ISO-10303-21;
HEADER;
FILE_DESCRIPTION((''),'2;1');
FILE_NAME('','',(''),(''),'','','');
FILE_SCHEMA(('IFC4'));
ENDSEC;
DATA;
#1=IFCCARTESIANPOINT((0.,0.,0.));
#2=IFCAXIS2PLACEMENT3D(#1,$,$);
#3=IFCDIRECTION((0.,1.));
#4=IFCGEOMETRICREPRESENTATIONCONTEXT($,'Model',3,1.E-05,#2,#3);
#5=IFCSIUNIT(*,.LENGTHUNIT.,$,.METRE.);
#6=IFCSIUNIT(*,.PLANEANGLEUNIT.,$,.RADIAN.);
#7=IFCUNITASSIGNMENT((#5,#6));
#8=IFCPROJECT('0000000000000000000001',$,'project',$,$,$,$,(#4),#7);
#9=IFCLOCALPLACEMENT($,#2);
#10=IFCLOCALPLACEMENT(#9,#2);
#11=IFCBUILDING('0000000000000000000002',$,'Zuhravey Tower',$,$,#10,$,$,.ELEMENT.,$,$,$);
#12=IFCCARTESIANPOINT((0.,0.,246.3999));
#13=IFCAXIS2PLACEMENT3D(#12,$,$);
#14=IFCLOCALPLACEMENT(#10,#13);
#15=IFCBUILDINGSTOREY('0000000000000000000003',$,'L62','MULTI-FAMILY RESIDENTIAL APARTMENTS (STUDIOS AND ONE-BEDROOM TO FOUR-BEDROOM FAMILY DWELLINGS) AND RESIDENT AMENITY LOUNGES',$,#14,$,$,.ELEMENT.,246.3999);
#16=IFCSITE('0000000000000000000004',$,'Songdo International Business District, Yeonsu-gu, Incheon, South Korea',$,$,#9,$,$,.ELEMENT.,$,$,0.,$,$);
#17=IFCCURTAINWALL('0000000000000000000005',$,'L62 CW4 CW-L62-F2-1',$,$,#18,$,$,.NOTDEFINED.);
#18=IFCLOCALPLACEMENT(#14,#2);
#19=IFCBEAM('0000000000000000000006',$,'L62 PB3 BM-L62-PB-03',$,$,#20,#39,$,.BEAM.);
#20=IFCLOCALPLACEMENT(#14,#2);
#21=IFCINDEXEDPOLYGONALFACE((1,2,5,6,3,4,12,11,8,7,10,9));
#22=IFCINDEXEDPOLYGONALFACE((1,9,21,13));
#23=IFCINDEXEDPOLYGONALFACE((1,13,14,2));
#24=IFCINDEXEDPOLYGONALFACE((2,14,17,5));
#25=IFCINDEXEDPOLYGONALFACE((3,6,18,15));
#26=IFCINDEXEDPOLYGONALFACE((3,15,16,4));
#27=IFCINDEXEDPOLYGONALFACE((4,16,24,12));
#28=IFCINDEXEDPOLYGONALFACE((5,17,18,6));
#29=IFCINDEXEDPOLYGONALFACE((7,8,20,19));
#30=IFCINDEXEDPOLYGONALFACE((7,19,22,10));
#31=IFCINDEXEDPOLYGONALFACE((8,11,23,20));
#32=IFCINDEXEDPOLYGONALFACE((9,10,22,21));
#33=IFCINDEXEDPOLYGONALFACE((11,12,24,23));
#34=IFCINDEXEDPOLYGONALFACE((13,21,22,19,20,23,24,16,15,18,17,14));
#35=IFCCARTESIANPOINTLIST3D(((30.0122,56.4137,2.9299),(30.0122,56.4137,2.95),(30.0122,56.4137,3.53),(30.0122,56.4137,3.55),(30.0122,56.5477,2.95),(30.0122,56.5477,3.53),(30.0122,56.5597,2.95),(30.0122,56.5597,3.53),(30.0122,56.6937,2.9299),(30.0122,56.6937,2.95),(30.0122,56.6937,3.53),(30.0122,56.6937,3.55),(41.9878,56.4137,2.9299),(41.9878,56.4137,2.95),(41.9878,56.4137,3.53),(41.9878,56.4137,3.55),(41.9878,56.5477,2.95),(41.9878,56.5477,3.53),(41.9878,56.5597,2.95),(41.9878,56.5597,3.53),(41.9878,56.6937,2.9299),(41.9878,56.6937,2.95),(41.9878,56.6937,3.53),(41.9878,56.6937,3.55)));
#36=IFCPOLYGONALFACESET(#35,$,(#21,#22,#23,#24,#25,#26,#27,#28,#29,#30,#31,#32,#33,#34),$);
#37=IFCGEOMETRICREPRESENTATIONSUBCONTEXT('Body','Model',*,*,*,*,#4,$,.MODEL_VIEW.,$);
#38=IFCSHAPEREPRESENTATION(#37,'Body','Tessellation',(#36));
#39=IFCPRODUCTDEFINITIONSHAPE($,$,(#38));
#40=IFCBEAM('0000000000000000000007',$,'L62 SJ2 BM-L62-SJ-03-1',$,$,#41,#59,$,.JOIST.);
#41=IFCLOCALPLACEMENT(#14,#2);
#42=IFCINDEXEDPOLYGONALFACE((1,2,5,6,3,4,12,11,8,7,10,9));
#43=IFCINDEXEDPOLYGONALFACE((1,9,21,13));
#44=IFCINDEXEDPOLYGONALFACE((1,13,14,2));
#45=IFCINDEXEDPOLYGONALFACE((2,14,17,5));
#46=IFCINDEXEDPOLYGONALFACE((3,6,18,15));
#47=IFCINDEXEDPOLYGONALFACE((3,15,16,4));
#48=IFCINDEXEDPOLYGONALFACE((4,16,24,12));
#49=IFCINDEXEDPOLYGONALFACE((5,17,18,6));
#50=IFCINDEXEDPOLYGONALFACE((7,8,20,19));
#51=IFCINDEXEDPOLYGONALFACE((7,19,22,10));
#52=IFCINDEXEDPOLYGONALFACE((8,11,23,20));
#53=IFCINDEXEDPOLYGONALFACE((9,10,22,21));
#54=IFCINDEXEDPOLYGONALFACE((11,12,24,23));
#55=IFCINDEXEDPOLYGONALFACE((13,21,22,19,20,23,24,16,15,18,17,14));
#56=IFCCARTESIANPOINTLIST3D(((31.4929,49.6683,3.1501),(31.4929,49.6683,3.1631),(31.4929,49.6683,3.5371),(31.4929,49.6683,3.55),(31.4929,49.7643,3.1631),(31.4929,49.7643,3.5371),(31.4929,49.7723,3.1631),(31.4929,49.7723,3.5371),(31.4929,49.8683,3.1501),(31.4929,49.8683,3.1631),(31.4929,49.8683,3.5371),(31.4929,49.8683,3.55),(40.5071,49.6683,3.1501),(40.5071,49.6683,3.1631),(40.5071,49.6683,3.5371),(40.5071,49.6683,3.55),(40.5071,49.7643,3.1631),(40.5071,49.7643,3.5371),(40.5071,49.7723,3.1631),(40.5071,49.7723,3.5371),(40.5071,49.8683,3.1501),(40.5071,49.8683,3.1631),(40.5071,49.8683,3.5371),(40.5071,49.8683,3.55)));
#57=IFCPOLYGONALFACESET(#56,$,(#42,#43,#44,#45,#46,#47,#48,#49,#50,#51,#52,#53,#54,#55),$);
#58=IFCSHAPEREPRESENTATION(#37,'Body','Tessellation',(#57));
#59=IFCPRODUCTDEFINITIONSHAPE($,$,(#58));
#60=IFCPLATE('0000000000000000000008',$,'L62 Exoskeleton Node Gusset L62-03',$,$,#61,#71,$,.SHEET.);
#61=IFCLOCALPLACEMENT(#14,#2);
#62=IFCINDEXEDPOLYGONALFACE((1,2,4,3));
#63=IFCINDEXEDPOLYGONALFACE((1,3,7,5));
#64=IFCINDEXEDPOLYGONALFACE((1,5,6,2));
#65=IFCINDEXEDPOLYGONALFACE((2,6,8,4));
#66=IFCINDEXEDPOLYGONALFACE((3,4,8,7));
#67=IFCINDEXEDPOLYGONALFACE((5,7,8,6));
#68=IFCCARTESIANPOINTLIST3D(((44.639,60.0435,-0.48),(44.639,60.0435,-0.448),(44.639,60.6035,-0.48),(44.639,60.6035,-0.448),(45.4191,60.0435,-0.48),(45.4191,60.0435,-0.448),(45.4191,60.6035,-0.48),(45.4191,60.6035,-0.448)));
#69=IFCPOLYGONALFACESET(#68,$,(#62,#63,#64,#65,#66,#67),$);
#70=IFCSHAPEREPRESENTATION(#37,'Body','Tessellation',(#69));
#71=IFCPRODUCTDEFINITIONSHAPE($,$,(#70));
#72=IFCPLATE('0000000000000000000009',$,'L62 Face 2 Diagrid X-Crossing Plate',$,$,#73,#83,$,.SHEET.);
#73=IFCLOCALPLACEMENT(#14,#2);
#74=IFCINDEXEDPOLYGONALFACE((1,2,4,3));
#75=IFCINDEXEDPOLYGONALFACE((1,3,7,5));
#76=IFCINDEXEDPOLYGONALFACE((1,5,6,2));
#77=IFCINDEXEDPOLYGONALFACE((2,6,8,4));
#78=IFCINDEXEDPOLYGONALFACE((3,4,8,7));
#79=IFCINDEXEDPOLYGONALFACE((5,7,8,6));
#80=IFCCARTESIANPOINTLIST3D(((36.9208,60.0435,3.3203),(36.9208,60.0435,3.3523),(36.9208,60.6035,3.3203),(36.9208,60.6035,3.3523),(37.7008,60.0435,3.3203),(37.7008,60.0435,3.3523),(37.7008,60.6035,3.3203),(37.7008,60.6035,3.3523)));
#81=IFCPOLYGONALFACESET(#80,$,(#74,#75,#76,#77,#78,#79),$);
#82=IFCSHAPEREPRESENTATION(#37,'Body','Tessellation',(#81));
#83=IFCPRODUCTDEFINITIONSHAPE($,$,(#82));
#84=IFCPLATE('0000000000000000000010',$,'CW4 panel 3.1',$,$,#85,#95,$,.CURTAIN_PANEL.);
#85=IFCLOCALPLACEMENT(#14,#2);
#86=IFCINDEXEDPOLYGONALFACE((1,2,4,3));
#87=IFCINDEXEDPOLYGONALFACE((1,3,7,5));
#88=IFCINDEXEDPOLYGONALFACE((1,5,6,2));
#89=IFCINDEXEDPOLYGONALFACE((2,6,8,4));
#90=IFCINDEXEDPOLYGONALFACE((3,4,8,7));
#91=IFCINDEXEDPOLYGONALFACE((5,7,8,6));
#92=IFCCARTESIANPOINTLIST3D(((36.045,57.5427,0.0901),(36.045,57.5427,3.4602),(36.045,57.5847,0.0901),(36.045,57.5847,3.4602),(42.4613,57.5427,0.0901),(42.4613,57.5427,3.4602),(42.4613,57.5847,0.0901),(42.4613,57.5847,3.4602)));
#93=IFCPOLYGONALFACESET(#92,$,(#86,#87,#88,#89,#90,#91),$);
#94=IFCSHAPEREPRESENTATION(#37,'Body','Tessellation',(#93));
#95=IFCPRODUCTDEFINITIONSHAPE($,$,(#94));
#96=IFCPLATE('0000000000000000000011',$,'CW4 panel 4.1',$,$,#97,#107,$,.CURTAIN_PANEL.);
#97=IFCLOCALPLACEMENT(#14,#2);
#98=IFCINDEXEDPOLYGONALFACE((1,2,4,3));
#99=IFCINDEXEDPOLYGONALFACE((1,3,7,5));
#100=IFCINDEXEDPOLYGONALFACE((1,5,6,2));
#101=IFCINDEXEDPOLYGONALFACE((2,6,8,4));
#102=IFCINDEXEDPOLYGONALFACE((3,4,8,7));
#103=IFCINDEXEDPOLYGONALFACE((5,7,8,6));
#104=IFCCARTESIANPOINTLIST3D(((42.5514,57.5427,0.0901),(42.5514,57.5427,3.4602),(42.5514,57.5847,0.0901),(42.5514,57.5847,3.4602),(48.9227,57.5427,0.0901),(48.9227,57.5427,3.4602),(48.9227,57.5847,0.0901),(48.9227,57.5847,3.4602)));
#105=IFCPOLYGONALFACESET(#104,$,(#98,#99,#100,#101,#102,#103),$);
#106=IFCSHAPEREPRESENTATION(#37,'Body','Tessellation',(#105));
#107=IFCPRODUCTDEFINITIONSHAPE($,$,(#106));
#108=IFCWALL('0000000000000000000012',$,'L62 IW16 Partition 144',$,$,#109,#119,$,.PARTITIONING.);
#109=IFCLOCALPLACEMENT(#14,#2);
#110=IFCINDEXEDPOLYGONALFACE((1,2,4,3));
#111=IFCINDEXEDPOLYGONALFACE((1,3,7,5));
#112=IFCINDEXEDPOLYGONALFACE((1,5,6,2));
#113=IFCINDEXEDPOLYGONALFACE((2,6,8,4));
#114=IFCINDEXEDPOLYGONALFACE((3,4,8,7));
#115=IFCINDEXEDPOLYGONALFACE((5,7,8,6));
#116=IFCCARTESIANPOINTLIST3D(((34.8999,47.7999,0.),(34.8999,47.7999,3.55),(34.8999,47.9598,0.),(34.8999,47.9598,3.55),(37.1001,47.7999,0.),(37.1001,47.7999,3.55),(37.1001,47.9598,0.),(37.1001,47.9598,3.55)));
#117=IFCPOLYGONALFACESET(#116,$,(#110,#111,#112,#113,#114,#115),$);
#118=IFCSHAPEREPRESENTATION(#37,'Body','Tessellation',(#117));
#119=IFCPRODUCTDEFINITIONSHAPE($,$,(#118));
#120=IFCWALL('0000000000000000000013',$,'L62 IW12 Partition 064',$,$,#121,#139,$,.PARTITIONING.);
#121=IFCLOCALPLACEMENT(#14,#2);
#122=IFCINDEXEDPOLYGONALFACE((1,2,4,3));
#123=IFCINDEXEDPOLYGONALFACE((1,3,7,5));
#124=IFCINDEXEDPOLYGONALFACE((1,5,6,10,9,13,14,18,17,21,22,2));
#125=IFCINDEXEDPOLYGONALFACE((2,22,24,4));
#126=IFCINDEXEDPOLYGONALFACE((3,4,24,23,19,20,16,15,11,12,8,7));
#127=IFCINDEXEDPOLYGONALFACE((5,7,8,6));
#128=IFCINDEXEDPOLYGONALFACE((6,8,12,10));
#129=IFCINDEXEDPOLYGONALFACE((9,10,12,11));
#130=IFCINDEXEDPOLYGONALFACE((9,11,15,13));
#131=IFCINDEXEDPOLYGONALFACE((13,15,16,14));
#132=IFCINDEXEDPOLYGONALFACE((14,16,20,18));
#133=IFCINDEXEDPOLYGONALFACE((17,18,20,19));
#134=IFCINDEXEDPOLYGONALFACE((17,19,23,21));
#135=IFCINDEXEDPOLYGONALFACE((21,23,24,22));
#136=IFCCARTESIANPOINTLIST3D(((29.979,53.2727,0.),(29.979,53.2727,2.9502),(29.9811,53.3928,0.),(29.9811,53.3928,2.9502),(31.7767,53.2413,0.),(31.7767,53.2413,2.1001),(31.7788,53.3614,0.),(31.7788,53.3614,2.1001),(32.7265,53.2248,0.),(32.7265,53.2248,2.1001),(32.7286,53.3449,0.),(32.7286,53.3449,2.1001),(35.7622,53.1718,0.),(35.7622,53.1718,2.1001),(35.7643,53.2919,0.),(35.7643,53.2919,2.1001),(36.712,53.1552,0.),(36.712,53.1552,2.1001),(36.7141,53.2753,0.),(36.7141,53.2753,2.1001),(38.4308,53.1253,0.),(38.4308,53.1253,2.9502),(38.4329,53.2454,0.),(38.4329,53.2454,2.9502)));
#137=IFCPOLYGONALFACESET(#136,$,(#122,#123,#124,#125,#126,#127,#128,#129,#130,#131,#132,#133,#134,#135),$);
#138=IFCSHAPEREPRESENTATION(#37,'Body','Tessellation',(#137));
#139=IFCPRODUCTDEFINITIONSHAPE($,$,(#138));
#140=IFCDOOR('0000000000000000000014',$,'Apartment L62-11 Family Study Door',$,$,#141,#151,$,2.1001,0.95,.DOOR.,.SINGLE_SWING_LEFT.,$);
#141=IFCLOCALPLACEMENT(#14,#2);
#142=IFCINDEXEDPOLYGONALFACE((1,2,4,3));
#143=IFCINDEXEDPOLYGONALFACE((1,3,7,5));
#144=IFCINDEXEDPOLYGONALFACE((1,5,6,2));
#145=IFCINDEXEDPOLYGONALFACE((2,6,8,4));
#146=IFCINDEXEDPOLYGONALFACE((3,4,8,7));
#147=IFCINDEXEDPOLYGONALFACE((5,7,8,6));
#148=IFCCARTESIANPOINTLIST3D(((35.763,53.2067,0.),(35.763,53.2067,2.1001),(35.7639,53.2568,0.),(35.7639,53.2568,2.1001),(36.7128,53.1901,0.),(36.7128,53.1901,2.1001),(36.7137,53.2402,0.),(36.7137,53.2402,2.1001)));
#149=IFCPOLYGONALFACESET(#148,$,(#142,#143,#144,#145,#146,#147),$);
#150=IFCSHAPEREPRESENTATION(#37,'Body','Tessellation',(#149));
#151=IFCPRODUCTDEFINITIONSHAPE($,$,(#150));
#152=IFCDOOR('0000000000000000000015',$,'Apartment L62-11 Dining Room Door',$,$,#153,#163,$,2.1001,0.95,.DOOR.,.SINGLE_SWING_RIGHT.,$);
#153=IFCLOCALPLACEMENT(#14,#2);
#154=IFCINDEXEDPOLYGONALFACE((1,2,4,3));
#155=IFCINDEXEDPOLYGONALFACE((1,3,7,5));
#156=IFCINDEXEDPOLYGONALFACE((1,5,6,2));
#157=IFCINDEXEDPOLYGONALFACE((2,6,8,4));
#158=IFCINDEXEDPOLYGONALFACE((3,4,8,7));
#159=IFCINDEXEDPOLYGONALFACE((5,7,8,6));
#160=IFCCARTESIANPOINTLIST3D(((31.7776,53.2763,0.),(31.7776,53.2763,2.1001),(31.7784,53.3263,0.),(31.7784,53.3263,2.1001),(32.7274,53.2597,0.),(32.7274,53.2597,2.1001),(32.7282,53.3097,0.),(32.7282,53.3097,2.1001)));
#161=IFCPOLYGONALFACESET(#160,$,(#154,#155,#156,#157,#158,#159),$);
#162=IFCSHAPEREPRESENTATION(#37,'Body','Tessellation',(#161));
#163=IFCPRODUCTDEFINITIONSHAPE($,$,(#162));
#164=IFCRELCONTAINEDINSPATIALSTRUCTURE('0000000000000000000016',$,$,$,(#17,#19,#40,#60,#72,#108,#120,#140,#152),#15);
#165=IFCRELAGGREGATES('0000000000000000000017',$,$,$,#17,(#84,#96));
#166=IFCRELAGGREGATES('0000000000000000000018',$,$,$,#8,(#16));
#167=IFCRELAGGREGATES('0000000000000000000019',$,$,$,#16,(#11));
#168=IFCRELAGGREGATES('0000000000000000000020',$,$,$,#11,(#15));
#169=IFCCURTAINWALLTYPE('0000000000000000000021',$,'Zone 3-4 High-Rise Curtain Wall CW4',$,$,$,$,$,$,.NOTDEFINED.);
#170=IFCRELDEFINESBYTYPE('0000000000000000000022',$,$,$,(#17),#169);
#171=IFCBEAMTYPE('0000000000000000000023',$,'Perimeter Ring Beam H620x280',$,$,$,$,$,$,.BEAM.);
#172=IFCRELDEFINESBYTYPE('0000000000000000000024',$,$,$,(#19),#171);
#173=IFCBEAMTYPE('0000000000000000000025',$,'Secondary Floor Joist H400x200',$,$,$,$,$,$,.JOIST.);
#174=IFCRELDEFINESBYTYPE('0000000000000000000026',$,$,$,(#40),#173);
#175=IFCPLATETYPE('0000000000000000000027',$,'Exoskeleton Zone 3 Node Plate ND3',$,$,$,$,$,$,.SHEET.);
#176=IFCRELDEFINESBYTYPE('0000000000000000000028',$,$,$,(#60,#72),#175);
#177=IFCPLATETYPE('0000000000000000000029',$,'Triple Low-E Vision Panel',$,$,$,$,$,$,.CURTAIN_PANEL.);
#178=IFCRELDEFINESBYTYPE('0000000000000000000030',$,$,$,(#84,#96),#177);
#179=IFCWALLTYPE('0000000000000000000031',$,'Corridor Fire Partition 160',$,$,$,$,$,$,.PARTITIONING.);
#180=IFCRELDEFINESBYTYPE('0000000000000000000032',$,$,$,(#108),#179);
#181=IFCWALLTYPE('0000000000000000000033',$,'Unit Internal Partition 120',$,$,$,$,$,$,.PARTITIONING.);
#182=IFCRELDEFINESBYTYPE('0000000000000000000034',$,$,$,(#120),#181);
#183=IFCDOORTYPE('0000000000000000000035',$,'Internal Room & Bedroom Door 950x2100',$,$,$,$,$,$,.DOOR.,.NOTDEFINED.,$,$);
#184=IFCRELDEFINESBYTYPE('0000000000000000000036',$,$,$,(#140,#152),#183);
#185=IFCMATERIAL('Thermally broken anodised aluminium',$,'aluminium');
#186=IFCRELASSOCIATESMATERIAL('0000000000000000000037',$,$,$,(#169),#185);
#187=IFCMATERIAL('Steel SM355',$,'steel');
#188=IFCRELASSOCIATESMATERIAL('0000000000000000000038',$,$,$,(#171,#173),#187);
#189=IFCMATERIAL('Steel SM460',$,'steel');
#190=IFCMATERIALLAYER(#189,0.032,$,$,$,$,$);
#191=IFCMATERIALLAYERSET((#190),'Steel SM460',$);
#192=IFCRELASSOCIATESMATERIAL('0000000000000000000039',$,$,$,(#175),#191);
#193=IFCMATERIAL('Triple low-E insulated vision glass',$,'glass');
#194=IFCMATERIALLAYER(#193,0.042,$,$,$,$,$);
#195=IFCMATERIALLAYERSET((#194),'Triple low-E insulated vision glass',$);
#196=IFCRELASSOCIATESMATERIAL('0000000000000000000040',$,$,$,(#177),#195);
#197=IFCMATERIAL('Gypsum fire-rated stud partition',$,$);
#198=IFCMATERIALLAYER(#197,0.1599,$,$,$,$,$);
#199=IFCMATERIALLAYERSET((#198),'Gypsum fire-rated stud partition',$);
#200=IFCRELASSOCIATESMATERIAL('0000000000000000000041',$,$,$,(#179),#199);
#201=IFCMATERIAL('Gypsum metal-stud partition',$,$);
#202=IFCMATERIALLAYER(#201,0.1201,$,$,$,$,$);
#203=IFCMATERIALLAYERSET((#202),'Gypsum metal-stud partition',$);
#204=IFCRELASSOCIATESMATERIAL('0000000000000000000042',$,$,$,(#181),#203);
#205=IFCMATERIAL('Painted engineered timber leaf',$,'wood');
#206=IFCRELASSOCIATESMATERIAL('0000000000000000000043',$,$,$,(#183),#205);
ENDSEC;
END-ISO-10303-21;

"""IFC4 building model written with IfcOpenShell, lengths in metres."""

from ifc_helpers import new_model, si_unit, direction, frame, frame_2d, origin, origin_2d, place, context, subcontext, project, spatial, rectangle, i_section, extrude, material, layer, layer_set, material_profile, profile_set, type_object, element, fill, aggregate, save


model = new_model("IFC4")

# Units and contexts
model_context = context("Model", 3, precision=1e-05, world=origin(), true_north=direction((0.0, 1.0)))
body_context = subcontext(model_context, "Body", "Model", "MODEL_VIEW")
ifc_project = project(units=[si_unit("LENGTHUNIT", "METRE"), si_unit("PLANEANGLEUNIT", "RADIAN")], contexts=[model_context])

# Site, building, storey
site_placement = place(None, origin())
site = spatial("IfcSite", under=ifc_project, at=site_placement, Name="Songdo International Business District, Yeonsu-gu, Incheon, South Korea", CompositionType="ELEMENT", RefElevation=0.0)
building_placement = place(site_placement, origin())
building = spatial("IfcBuilding", under=site, at=building_placement, Name="Zuhravey Tower", CompositionType="ELEMENT")
storey_placement = place(building_placement, frame((0.0, 0.0, 246.3999)))
storey = spatial("IfcBuildingStorey", under=building, at=storey_placement, Name="L62", Description="MULTI-FAMILY RESIDENTIAL APARTMENTS (STUDIOS AND ONE-BEDROOM TO FOUR-BEDROOM FAMILY DWELLINGS) AND RESIDENT AMENITY LOUNGES", CompositionType="ELEMENT", Elevation=246.3999)

# Curtain wall
ifc_material_1 = material(Name="Thermally broken anodised aluminium", Category="aluminium")
curtain_wall_type = type_object("IfcCurtainWallType", Name="Zone 3-4 High-Rise Curtain Wall CW4", PredefinedType="NOTDEFINED", material=ifc_material_1)
curtain_wall_placement = place(storey_placement, origin())
curtain_wall = element("IfcCurtainWall", 1, at=curtain_wall_placement, inside=storey, type_object=curtain_wall_type, Name="L62 CW4 CW-L62-F2-1", PredefinedType="NOTDEFINED")

# Shared definitions
ifc_material_2 = material(Name="Steel SM355", Category="steel")

# Beams
ifc_material_profile_1 = material_profile(ifc_material_2, i_section(OverallWidth=0.28, OverallDepth=0.6201, WebThickness=0.012, FlangeThickness=0.02, at=origin_2d()), Name="H-620x280x12x20")
ifc_profile_set_1 = profile_set([ifc_material_profile_1], Name="Steel SM355")
beam_type_1 = type_object("IfcBeamType", Name="Perimeter Ring Beam H620x280", PredefinedType="BEAM", material=ifc_profile_set_1)
beam_1_placement = place(storey_placement, frame((41.9878, 56.5537, 3.24), z_axis=(-1.0, 0.0, 0.0), x_axis=(0.0, -1.0, 0.0)))
element("IfcBeam", 2, at=beam_1_placement, inside=storey, type_object=beam_type_1, Name="L62 PB3 BM-L62-PB-03", PredefinedType="BEAM", context=body_context, shape_type="SweptSolid", body=[
    extrude(i_section(OverallWidth=0.28, OverallDepth=0.6201, WebThickness=0.012, FlangeThickness=0.02, at=origin_2d()), origin(), (0.0, 0.0, 1.0), 11.9756),
])
ifc_material_profile_2 = material_profile(ifc_material_2, i_section(OverallWidth=0.2, OverallDepth=0.3999, WebThickness=0.0081, FlangeThickness=0.0129, at=origin_2d()), Name="H-400x200x8x13")
ifc_profile_set_2 = profile_set([ifc_material_profile_2], Name="Steel SM355")
beam_type_2 = type_object("IfcBeamType", Name="Secondary Floor Joist H400x200", PredefinedType="JOIST", material=ifc_profile_set_2)
beam_2_placement = place(storey_placement, frame((40.5071, 49.7683, 3.3501), z_axis=(-1.0, 0.0, 0.0), x_axis=(0.0, -1.0, 0.0)))
element("IfcBeam", 3, at=beam_2_placement, inside=storey, type_object=beam_type_2, Name="L62 SJ2 BM-L62-SJ-03-1", PredefinedType="JOIST", context=body_context, shape_type="SweptSolid", body=[
    extrude(i_section(OverallWidth=0.2, OverallDepth=0.3999, WebThickness=0.0081, FlangeThickness=0.0129, at=origin_2d()), origin(), (0.0, 0.0, 1.0), 9.0142),
])

# Plates
ifc_material_3 = material(Name="Steel SM460", Category="steel")
ifc_layer_1 = layer(ifc_material_3, 0.032)
ifc_layer_set_1 = layer_set([ifc_layer_1], Name="Steel SM460")
plate_type_1 = type_object("IfcPlateType", Name="Exoskeleton Zone 3 Node Plate ND3", PredefinedType="SHEET", material=ifc_layer_set_1)
for number, where, z_axis, x_axis, name in (
    (4, (45.0291, 60.3235, -0.48), (0.0, 0.0, 1.0), (-1.0, 0.0, 0.0), "L62 Exoskeleton Node Gusset L62-03"),
    (5, (37.3108, 60.3235, 3.3203), (0.0, 0.0, 1.0), (-1.0, 0.0, 0.0), "L62 Face 2 Diagrid X-Crossing Plate"),
):
    element("IfcPlate", number, at=place(storey_placement, frame(where, z_axis=z_axis, x_axis=x_axis)), inside=storey, type_object=plate_type_1, Name=name, PredefinedType="SHEET", context=body_context, shape_type="SweptSolid", body=[
        extrude(rectangle(XDim=0.78, YDim=0.5601, at=origin_2d()), origin(), (0.0, 0.0, 1.0), 0.032),
    ])

# Plates
ifc_material_4 = material(Name="Triple low-E insulated vision glass", Category="glass")
ifc_layer_2 = layer(ifc_material_4, 0.042)
ifc_layer_set_2 = layer_set([ifc_layer_2], Name="Triple low-E insulated vision glass")
plate_type_2 = type_object("IfcPlateType", Name="Triple Low-E Vision Panel", PredefinedType="CURTAIN_PANEL", material=ifc_layer_set_2)
plate_1_placement = place(storey_placement, frame((39.2532, 57.5637, 0.0901), z_axis=(0.0, 0.0, 1.0), x_axis=(1.0, 0.0, 0.0)))
plate_1 = element("IfcPlate", 6, at=plate_1_placement, type_object=plate_type_2, Name="CW4 panel 3.1", PredefinedType="CURTAIN_PANEL", context=body_context, shape_type="SweptSolid", body=[
    extrude(rectangle(XDim=6.4163, YDim=0.042, at=origin_2d()), origin(), (0.0, 0.0, 1.0), 3.3701),
])
plate_2_placement = place(storey_placement, frame((45.7371, 57.5637, 0.0901), z_axis=(0.0, 0.0, 1.0), x_axis=(1.0, 0.0, 0.0)))
plate_2 = element("IfcPlate", 7, at=plate_2_placement, type_object=plate_type_2, Name="CW4 panel 4.1", PredefinedType="CURTAIN_PANEL", context=body_context, shape_type="SweptSolid", body=[
    extrude(rectangle(XDim=6.3713, YDim=0.042, at=origin_2d()), origin(), (0.0, 0.0, 1.0), 3.3701),
])
aggregate(curtain_wall, [plate_1, plate_2])

# Wall
ifc_material_5 = material(Name="Gypsum fire-rated stud partition")
ifc_layer_3 = layer(ifc_material_5, 0.1599)
ifc_layer_set_3 = layer_set([ifc_layer_3], Name="Gypsum fire-rated stud partition")
wall_type_1 = type_object("IfcWallType", Name="Corridor Fire Partition 160", PredefinedType="PARTITIONING", material=ifc_layer_set_3)
wall_1_placement = place(storey_placement, frame((37.1001, 47.8799, 0.0), z_axis=(0.0, 0.0, 1.0), x_axis=(-1.0, 0.0, 0.0)))
element("IfcWall", 8, at=wall_1_placement, inside=storey, type_object=wall_type_1, Name="L62 IW16 Partition 144", PredefinedType="PARTITIONING", context=body_context, shape_type="SweptSolid", body=[
    extrude(rectangle(XDim=2.2002, YDim=0.1599, at=frame_2d((1.1001, 0.0))), origin(), (0.0, 0.0, 1.0), 3.55),
])

# Wall, openings, doors
ifc_material_6 = material(Name="Gypsum metal-stud partition")
ifc_layer_4 = layer(ifc_material_6, 0.1201)
ifc_layer_set_4 = layer_set([ifc_layer_4], Name="Gypsum metal-stud partition")
wall_type_2 = type_object("IfcWallType", Name="Unit Internal Partition 120", PredefinedType="PARTITIONING", material=ifc_layer_set_4)
wall_2_placement = place(storey_placement, frame((38.4319, 53.1853, 0.0), z_axis=(0.0, 0.0, 1.0), x_axis=(-0.999848, 0.017444, 0.0)))
wall_2 = element("IfcWall", 9, at=wall_2_placement, inside=storey, type_object=wall_type_2, Name="L62 IW12 Partition 064", PredefinedType="PARTITIONING", context=body_context, shape_type="SweptSolid", body=[
    extrude(rectangle(XDim=8.4531, YDim=0.1201, at=frame_2d((4.2266, 0.0))), origin(), (0.0, 0.0, 1.0), 2.9502),
])
opening_1_placement = place(wall_2_placement, frame((1.719, 0.0, 0.0)))
opening_1 = element("IfcOpeningElement", 10, at=opening_1_placement, cuts=wall_2, PredefinedType="OPENING", context=body_context, shape_type="SweptSolid", body=[
    extrude(rectangle(XDim=0.95, YDim=2.1001, at=frame_2d((0.4751, 1.05))), frame((0.0, 0.072, 0.0), z_axis=(0.0, -1.0, 0.0), x_axis=(1.0, 0.0, 0.0)), (0.0, 0.0, 1.0), 0.144),
])
opening_2_placement = place(wall_2_placement, frame((5.7051, 0.0, 0.0)))
opening_2 = element("IfcOpeningElement", 11, at=opening_2_placement, cuts=wall_2, PredefinedType="OPENING", context=body_context, shape_type="SweptSolid", body=[
    extrude(rectangle(XDim=0.95, YDim=2.1001, at=frame_2d((0.4751, 1.05))), frame((0.0, 0.072, 0.0), z_axis=(0.0, -1.0, 0.0), x_axis=(1.0, 0.0, 0.0)), (0.0, 0.0, 1.0), 0.144),
])
ifc_material_7 = material(Name="Painted engineered timber leaf", Category="wood")
door_type_1 = type_object("IfcDoorType", Name="Internal Room & Bedroom Door 950x2100", OperationType="NOTDEFINED", PredefinedType="DOOR", material=ifc_material_7)
door_1_placement = place(opening_1_placement, frame((0.95, 0.0, 0.0), z_axis=(0.0, 0.0, 1.0), x_axis=(-1.0, 0.0, 0.0)))
door_1 = element("IfcDoor", 12, at=door_1_placement, inside=storey, type_object=door_type_1, Name="Apartment L62-11 Family Study Door", OperationType="SINGLE_SWING_LEFT", OverallHeight=2.1001, OverallWidth=0.95, PredefinedType="DOOR", context=body_context, shape_type="SweptSolid", body=[
    extrude(rectangle(XDim=0.95, YDim=2.1001, at=frame_2d((0.4751, 1.05))), frame((0.0, 0.0249, 0.0), z_axis=(0.0, -1.0, 0.0), x_axis=(1.0, 0.0, 0.0)), (0.0, 0.0, 1.0), 0.05),
])
fill(opening_1, door_1)
door_2_placement = place(opening_2_placement, frame((0.95, 0.0, 0.0), z_axis=(0.0, 0.0, 1.0), x_axis=(-1.0, 0.0, 0.0)))
door_2 = element("IfcDoor", 13, at=door_2_placement, inside=storey, type_object=door_type_1, Name="Apartment L62-11 Dining Room Door", OperationType="SINGLE_SWING_RIGHT", OverallHeight=2.1001, OverallWidth=0.95, PredefinedType="DOOR", context=body_context, shape_type="SweptSolid", body=[
    extrude(rectangle(XDim=0.95, YDim=2.1001, at=frame_2d((0.4751, 1.05))), frame((0.0, 0.0249, 0.0), z_axis=(0.0, -1.0, 0.0), x_axis=(1.0, 0.0, 0.0)), (0.0, 0.0, 1.0), 0.05),
])
fill(opening_2, door_2)

save(model, "model.ifc")
